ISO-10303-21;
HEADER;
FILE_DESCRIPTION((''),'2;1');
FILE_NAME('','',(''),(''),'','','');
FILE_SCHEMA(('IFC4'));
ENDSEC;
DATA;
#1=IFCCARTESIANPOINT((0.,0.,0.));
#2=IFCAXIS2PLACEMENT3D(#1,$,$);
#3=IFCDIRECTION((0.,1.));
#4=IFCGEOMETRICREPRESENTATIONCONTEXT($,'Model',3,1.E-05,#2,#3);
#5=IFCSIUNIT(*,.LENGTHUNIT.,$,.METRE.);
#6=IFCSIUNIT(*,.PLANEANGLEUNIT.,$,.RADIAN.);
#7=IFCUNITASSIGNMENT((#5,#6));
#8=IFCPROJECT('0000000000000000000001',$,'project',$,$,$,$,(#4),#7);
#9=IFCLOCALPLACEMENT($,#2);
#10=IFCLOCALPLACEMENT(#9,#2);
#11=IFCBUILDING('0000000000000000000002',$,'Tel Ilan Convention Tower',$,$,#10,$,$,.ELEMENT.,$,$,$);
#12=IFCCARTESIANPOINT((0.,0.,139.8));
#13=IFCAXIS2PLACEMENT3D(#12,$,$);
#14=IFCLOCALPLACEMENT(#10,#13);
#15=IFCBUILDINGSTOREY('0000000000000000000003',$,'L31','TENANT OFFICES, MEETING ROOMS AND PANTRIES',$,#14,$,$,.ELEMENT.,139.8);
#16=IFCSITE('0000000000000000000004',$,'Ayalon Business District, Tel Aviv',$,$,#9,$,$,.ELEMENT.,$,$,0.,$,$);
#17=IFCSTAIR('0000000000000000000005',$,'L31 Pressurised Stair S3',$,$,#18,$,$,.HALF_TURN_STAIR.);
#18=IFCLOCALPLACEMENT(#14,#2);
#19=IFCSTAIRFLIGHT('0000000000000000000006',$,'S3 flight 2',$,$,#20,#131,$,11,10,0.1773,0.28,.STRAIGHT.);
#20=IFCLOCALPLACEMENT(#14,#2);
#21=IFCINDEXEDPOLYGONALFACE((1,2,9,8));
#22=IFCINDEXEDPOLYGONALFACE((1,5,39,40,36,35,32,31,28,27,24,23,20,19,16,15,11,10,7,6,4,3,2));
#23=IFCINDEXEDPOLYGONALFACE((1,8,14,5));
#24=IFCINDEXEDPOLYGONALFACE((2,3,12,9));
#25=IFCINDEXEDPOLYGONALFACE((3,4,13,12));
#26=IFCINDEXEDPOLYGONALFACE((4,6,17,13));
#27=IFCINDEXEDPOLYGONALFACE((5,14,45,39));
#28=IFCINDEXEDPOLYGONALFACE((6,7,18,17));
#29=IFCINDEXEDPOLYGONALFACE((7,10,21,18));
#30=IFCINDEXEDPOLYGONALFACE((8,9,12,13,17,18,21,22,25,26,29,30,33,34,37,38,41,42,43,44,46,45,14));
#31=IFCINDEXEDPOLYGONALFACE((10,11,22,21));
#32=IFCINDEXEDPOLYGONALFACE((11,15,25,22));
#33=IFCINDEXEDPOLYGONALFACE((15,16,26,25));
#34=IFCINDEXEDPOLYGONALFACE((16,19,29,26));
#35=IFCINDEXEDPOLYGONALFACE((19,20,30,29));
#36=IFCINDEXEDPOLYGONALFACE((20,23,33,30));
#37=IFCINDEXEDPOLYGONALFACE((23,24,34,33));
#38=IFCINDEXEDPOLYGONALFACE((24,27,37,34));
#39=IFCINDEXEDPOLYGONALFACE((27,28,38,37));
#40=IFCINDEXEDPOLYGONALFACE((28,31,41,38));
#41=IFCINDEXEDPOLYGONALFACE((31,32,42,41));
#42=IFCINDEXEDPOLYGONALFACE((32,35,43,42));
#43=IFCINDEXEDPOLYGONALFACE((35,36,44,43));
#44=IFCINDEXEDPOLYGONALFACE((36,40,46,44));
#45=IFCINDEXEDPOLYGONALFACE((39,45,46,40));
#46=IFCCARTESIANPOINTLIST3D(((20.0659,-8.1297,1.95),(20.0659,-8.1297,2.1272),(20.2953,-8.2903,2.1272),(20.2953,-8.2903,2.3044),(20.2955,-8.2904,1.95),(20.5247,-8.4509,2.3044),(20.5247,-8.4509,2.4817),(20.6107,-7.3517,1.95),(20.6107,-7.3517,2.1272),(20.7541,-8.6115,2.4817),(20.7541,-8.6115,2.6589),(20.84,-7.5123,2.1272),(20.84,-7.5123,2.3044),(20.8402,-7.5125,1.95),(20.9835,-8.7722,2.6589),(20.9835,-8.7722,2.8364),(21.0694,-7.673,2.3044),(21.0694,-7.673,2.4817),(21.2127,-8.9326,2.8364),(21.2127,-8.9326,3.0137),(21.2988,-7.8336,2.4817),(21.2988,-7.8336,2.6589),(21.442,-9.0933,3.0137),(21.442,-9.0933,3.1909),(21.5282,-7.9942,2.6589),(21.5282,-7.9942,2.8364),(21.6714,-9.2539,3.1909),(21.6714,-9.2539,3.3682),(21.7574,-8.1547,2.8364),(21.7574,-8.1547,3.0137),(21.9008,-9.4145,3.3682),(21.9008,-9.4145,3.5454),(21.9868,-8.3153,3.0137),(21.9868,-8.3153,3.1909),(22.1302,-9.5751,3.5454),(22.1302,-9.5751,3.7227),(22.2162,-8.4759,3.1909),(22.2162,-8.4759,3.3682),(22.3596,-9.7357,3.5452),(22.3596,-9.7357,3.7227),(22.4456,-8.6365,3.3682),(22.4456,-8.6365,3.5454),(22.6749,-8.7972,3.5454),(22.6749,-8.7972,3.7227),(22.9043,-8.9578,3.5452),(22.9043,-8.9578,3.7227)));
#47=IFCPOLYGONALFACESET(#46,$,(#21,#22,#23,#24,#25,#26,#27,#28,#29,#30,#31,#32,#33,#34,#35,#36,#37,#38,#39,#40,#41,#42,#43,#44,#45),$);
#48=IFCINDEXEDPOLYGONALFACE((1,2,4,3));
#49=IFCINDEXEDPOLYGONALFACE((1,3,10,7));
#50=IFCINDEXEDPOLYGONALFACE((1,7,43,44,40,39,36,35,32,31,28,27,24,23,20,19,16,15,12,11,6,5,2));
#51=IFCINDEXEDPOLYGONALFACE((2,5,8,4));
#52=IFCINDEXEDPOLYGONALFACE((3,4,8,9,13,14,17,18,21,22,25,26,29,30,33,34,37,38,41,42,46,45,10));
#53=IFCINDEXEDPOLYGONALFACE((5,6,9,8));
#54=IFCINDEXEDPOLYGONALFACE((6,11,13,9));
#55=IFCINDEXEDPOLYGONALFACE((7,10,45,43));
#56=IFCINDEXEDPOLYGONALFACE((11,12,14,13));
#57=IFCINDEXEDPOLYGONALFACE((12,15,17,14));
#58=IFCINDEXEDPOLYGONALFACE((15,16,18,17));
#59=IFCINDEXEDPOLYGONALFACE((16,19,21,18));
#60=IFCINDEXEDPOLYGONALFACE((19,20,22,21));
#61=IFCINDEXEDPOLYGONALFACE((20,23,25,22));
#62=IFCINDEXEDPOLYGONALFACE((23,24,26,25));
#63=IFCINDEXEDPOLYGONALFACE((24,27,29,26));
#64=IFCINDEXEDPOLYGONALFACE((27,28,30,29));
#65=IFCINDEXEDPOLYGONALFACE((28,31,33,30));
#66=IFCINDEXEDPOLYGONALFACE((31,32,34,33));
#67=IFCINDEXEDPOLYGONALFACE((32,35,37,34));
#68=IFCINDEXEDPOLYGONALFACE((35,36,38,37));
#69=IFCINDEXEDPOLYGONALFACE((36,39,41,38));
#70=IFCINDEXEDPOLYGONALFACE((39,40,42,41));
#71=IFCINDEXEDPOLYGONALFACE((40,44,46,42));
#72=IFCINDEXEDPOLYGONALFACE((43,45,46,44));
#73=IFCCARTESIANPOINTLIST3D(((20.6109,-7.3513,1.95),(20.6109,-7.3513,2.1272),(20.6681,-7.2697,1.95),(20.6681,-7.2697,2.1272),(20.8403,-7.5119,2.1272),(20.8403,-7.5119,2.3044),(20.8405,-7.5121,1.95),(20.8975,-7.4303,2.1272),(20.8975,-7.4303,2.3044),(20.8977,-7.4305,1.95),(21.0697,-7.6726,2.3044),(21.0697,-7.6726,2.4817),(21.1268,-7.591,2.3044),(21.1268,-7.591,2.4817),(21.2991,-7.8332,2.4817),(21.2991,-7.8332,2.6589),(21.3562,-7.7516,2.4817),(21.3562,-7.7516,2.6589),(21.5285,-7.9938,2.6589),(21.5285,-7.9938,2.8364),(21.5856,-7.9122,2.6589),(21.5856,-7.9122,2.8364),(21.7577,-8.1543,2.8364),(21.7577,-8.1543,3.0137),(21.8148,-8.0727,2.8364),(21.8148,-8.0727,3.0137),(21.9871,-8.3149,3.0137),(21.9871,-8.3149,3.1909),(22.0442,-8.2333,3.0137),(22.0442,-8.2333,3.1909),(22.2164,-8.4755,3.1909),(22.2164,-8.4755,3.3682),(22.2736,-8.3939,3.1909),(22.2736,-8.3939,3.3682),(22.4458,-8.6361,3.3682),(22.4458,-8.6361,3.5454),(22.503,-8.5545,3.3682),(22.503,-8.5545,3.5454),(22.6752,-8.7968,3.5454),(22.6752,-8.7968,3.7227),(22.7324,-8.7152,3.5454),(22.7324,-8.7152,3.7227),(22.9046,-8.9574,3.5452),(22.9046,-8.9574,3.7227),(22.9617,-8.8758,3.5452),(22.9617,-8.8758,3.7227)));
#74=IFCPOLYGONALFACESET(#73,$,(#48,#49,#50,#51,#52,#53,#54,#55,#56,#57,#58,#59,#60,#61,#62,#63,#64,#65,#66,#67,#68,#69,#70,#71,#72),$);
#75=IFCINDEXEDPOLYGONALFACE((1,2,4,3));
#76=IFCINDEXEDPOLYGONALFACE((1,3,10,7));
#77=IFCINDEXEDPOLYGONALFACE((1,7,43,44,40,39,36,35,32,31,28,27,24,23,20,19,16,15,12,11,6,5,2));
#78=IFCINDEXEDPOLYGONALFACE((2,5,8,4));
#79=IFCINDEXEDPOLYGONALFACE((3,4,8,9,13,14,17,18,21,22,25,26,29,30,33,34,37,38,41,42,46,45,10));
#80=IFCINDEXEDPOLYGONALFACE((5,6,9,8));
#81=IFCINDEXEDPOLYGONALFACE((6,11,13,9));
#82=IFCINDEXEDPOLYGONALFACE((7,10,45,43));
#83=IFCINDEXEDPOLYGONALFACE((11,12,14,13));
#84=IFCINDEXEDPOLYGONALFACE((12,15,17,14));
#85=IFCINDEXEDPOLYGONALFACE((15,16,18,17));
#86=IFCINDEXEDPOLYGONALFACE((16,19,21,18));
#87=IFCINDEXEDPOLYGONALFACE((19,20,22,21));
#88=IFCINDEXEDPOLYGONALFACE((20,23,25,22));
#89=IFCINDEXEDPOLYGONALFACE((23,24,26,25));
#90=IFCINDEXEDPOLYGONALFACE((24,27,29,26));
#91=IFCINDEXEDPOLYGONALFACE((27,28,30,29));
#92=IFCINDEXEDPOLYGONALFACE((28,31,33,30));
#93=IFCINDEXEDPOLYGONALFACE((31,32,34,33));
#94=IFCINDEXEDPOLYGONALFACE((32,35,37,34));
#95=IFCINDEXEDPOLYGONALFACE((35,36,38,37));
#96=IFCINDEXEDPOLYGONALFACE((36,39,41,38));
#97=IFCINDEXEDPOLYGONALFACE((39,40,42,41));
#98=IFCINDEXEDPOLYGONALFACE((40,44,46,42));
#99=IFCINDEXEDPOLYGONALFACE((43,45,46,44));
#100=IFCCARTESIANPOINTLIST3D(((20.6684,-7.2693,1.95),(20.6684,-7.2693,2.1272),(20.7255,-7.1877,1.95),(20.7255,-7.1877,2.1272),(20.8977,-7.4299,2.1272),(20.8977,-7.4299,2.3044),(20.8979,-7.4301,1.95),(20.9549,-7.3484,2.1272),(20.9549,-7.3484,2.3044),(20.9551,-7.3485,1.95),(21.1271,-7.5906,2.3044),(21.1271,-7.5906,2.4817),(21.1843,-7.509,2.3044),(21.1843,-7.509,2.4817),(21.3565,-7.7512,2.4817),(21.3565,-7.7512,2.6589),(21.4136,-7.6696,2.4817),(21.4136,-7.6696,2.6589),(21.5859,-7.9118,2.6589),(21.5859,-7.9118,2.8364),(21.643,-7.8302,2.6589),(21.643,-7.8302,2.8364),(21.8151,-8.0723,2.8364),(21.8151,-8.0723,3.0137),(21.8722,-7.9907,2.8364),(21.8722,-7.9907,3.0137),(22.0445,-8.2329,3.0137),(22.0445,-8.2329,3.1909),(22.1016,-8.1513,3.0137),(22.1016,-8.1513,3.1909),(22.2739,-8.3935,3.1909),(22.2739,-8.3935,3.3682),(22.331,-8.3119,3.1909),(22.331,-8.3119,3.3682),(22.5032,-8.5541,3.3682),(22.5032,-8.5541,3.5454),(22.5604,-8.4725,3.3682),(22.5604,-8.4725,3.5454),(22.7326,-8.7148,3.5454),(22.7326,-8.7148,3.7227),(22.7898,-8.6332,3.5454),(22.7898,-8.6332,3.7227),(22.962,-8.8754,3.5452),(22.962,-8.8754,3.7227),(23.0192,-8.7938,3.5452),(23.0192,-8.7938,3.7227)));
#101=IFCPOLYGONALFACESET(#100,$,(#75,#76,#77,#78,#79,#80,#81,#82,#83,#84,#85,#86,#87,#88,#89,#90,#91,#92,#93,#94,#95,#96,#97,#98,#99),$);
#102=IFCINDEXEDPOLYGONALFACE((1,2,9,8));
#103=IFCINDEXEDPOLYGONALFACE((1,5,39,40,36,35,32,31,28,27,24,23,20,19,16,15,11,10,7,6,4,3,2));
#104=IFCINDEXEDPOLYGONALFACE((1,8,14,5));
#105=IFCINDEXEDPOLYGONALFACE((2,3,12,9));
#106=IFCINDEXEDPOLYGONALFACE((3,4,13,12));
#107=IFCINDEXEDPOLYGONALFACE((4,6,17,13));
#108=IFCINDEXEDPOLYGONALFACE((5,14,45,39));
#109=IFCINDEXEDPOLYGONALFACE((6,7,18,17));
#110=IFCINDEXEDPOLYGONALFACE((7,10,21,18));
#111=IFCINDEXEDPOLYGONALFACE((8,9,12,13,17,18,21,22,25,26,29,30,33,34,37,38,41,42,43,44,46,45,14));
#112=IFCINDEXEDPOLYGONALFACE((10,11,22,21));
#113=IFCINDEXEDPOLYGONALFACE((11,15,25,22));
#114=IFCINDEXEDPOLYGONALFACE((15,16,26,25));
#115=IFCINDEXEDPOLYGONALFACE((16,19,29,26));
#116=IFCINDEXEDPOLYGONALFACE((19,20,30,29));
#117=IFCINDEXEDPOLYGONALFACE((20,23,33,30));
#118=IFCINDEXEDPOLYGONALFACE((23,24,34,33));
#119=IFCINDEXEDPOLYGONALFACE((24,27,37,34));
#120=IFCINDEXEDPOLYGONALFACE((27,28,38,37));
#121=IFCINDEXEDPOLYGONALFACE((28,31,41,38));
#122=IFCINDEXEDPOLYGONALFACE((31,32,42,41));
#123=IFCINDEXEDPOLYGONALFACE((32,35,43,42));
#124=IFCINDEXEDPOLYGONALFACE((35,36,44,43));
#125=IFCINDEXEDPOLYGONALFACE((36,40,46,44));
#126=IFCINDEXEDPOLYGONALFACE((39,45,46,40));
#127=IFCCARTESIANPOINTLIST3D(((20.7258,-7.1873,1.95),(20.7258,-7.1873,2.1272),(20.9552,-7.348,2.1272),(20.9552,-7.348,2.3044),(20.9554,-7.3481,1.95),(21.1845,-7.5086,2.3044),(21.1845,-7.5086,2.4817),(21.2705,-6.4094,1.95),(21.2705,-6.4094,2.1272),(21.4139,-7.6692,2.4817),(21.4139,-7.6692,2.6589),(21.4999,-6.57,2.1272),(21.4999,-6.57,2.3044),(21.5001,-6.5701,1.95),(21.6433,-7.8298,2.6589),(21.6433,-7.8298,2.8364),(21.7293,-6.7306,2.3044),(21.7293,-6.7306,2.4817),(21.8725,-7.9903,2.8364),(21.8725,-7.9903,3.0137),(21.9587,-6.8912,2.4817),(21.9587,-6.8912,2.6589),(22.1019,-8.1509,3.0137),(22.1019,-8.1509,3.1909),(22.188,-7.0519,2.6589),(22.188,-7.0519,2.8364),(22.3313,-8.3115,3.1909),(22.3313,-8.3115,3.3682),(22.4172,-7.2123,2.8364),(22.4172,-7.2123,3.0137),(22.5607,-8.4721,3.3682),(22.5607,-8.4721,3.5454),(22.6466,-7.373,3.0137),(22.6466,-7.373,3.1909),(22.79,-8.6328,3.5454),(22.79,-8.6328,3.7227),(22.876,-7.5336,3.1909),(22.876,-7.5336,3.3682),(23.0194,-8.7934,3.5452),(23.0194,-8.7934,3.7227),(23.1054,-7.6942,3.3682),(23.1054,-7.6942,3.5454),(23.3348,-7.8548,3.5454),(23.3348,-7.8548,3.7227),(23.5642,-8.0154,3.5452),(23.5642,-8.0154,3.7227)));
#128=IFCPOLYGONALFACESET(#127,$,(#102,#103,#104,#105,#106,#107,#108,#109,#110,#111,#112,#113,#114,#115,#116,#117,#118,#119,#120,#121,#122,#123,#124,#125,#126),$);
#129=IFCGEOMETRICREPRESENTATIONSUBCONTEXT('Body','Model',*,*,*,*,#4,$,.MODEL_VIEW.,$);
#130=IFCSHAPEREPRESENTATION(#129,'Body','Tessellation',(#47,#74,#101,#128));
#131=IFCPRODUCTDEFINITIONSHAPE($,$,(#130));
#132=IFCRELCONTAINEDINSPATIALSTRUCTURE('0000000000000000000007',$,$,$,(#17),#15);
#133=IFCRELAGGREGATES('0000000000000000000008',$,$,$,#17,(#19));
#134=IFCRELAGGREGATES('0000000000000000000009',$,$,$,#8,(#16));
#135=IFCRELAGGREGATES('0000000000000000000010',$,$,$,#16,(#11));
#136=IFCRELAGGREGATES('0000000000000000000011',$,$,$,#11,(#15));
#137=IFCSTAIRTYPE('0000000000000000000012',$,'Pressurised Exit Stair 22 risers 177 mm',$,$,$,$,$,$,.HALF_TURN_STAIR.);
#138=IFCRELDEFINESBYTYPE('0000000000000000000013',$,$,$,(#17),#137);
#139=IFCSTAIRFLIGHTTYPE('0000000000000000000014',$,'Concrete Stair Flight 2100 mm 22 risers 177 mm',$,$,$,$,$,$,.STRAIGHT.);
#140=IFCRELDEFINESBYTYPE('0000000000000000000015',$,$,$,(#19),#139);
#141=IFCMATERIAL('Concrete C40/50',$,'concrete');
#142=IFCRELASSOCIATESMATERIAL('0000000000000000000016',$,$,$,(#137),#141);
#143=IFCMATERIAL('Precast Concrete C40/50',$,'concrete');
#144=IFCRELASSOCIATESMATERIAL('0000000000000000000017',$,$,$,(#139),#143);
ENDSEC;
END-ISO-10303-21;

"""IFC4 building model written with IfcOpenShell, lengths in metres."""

from ifc_helpers import new_model, si_unit, direction, frame, origin, place, context, subcontext, project, spatial, polyline, outline, extrude, material, type_object, element, aggregate, save


model = new_model("IFC4")

# Units and contexts
model_context = context("Model", 3, precision=1e-05, world=origin(), true_north=direction((0.0, 1.0)))
body_context = subcontext(model_context, "Body", "Model", "MODEL_VIEW")
ifc_project = project(units=[si_unit("LENGTHUNIT", "METRE"), si_unit("PLANEANGLEUNIT", "RADIAN")], contexts=[model_context])

# Site, building, storey
site_placement = place(None, origin())
site = spatial("IfcSite", under=ifc_project, at=site_placement, Name="Ayalon Business District, Tel Aviv", CompositionType="ELEMENT", RefElevation=0.0)
building_placement = place(site_placement, origin())
building = spatial("IfcBuilding", under=site, at=building_placement, Name="Tel Ilan Convention Tower", CompositionType="ELEMENT")
storey_placement = place(building_placement, frame((0.0, 0.0, 139.8)))
storey = spatial("IfcBuildingStorey", under=building, at=storey_placement, Name="L31", Description="TENANT OFFICES, MEETING ROOMS AND PANTRIES", CompositionType="ELEMENT", Elevation=139.8)

# Stair, stair flight
ifc_material_1 = material(Name="Concrete C40/50", Category="concrete")
stair_type = type_object("IfcStairType", Name="Pressurised Exit Stair 22 risers 177 mm", PredefinedType="HALF_TURN_STAIR", material=ifc_material_1)
stair_1_placement = place(storey_placement, origin())
stair_1 = element("IfcStair", 1, at=stair_1_placement, inside=storey, type_object=stair_type, Name="L31 Pressurised Stair S3", PredefinedType="HALF_TURN_STAIR")
ifc_material_2 = material(Name="Precast Concrete C40/50", Category="concrete")
stair_flight_type = type_object("IfcStairFlightType", Name="Concrete Stair Flight 2100 mm 22 risers 177 mm", PredefinedType="STRAIGHT", material=ifc_material_2)
stair_flight_1_placement = place(storey_placement, frame((20.6682, -7.2695, 1.95), z_axis=(0.0, 0.0, 1.0), x_axis=(0.819152, -0.573576, 0.0)))
stair_flight_1 = element("IfcStairFlight", 2, at=stair_flight_1_placement, type_object=stair_flight_type, Name="S3 flight 2", NumberOfRisers=11, NumberOfTreads=10, PredefinedType="STRAIGHT", RiserHeight=0.1773, TreadLength=0.28, context=body_context, shape_type="SweptSolid", body=[
    extrude(outline(polyline([(0.0, 0.0), (0.0, 0.1772), (0.28, 0.1772), (0.28, 0.3545), (0.5601, 0.3545), (0.5601, 0.5317), (0.8401, 0.5317), (0.8401, 0.709), (1.1201, 0.709), (1.1201, 0.8865), (1.3999, 0.8865), (1.3999, 1.0637), (1.6799, 1.0637), (1.6799, 1.241), (1.96, 1.241), (1.96, 1.4182), (2.24, 1.4182), (2.24, 1.5955), (2.52, 1.5955), (2.52, 1.7727), (2.8, 1.7727), (2.8, 1.95), (2.8, 1.5952), (0.2803, 0.0), (0.0, 0.0)])), frame((0.0, -0.1003, 0.0), z_axis=(0.0, -1.0, 0.0), x_axis=(1.0, 0.0, 0.0)), (0.0, 0.0, 1.0), 0.9497),
    extrude(outline(polyline([(0.0, 0.0), (0.0, 0.1772), (0.28, 0.1772), (0.28, 0.3545), (0.5601, 0.3545), (0.5601, 0.5317), (0.8401, 0.5317), (0.8401, 0.709), (1.1201, 0.709), (1.1201, 0.8865), (1.3999, 0.8865), (1.3999, 1.0637), (1.6799, 1.0637), (1.6799, 1.241), (1.96, 1.241), (1.96, 1.4182), (2.24, 1.4182), (2.24, 1.5955), (2.52, 1.5955), (2.52, 1.7727), (2.8, 1.7727), (2.8, 1.95), (2.8, 1.5952), (0.2803, 0.0), (0.0, 0.0)])), frame((0.0, -0.0002, 0.0), z_axis=(0.0, -1.0, 0.0), x_axis=(1.0, 0.0, 0.0)), (0.0, 0.0, 1.0), 0.0996),
    extrude(outline(polyline([(0.0, 0.0), (0.0, 0.1772), (0.28, 0.1772), (0.28, 0.3545), (0.5601, 0.3545), (0.5601, 0.5317), (0.8401, 0.5317), (0.8401, 0.709), (1.1201, 0.709), (1.1201, 0.8865), (1.3999, 0.8865), (1.3999, 1.0637), (1.6799, 1.0637), (1.6799, 1.241), (1.96, 1.241), (1.96, 1.4182), (2.24, 1.4182), (2.24, 1.5955), (2.52, 1.5955), (2.52, 1.7727), (2.8, 1.7727), (2.8, 1.95), (2.8, 1.5952), (0.2803, 0.0), (0.0, 0.0)])), frame((0.0, 0.0999, 0.0), z_axis=(0.0, -1.0, 0.0), x_axis=(1.0, 0.0, 0.0)), (0.0, 0.0, 1.0), 0.0996),
    extrude(outline(polyline([(0.0, 0.0), (0.0, 0.1772), (0.28, 0.1772), (0.28, 0.3545), (0.5601, 0.3545), (0.5601, 0.5317), (0.8401, 0.5317), (0.8401, 0.709), (1.1201, 0.709), (1.1201, 0.8865), (1.3999, 0.8865), (1.3999, 1.0637), (1.6799, 1.0637), (1.6799, 1.241), (1.96, 1.241), (1.96, 1.4182), (2.24, 1.4182), (2.24, 1.5955), (2.52, 1.5955), (2.52, 1.7727), (2.8, 1.7727), (2.8, 1.95), (2.8, 1.5952), (0.2803, 0.0), (0.0, 0.0)])), frame((0.0, 1.05, 0.0), z_axis=(0.0, -1.0, 0.0), x_axis=(1.0, 0.0, 0.0)), (0.0, 0.0, 1.0), 0.9497),
])
aggregate(stair_1, [stair_flight_1])

save(model, "model.ifc")
